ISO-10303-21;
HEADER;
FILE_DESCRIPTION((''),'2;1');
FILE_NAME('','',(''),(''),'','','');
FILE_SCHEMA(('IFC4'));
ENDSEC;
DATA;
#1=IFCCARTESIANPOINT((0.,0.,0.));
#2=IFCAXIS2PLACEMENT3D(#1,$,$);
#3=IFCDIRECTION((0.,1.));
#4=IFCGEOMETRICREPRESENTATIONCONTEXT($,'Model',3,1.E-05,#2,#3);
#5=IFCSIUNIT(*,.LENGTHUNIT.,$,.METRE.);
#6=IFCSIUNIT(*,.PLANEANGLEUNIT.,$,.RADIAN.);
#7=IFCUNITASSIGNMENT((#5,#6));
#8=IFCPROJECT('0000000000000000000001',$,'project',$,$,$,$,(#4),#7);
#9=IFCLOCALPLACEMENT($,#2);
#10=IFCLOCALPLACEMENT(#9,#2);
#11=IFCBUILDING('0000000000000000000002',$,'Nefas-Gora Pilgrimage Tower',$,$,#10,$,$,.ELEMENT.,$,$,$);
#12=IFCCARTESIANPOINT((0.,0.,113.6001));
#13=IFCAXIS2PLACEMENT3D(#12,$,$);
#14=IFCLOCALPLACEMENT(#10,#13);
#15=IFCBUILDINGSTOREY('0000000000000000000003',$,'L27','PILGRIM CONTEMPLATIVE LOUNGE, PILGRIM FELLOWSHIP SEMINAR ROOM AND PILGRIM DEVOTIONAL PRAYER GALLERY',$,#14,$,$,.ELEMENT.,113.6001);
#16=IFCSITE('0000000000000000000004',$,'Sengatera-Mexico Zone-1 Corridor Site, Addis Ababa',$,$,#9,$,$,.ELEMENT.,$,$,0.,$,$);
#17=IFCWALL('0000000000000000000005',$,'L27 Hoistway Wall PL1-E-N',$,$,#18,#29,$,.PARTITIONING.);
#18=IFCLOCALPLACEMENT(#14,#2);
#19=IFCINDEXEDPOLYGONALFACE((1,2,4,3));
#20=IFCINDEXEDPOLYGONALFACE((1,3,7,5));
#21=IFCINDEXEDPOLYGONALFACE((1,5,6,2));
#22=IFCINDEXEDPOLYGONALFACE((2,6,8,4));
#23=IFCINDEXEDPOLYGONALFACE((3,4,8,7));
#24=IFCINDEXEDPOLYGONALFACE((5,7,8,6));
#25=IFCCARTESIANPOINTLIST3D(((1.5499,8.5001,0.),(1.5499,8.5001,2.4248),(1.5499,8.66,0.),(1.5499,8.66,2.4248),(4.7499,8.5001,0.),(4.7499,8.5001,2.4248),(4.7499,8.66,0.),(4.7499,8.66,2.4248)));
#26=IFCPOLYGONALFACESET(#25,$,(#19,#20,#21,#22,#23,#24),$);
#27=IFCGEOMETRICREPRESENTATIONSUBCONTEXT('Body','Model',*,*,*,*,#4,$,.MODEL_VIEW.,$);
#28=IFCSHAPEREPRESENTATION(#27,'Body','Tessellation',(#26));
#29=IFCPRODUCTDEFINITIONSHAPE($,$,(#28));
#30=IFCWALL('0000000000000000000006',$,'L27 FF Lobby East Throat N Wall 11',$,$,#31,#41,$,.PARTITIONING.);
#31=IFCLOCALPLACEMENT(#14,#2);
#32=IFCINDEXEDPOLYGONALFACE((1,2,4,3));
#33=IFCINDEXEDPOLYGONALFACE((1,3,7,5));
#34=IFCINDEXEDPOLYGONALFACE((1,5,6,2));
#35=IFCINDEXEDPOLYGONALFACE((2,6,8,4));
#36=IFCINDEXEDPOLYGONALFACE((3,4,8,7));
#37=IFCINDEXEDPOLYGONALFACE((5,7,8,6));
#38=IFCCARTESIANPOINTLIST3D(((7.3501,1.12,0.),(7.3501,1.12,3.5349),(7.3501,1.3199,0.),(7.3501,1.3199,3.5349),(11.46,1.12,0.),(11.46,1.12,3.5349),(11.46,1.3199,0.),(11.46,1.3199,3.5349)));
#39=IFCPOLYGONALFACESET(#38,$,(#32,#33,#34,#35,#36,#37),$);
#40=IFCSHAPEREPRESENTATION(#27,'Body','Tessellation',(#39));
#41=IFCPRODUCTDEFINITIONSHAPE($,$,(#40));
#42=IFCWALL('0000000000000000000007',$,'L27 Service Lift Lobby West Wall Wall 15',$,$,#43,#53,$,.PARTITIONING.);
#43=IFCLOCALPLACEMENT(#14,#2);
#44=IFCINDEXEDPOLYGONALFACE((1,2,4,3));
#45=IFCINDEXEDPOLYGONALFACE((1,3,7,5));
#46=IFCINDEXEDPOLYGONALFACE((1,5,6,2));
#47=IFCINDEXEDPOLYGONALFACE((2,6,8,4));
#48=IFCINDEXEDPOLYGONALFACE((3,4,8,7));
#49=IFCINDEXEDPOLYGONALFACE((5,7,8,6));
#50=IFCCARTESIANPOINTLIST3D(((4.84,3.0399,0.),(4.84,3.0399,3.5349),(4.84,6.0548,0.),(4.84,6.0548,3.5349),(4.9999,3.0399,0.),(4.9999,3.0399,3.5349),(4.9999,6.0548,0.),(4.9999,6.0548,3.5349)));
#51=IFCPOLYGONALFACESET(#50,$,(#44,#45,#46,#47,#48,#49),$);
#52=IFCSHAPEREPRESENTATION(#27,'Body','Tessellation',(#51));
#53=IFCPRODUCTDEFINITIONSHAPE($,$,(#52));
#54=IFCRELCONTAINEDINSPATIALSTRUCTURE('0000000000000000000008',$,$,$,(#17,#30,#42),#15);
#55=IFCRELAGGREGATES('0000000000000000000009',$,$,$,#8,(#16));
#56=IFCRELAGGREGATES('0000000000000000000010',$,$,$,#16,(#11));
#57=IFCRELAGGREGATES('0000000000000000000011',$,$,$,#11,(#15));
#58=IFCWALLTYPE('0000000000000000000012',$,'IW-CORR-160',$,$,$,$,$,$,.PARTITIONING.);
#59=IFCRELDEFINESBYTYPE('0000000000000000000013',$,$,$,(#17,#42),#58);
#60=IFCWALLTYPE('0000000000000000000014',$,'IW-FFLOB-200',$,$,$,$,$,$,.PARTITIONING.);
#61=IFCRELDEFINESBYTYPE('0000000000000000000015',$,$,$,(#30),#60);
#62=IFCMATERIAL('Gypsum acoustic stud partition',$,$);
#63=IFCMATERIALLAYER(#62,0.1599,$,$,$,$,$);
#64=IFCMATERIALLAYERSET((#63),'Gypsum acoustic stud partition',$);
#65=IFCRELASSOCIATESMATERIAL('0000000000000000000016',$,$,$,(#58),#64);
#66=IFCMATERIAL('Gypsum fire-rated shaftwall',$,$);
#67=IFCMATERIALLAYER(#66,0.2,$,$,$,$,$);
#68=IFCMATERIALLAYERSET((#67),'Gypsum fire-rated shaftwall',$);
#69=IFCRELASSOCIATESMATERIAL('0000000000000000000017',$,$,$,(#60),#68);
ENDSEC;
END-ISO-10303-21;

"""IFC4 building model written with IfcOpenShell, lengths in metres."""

from ifc_helpers import new_model, si_unit, direction, frame, frame_2d, origin, place, context, subcontext, project, spatial, rectangle, extrude, source, transform, mapped, material, layer, layer_set, type_object, element, save


model = new_model("IFC4")

# Units and contexts
model_context = context("Model", 3, precision=1e-05, world=origin(), true_north=direction((0.0, 1.0)))
body_context = subcontext(model_context, "Body", "Model", "MODEL_VIEW")
ifc_project = project(units=[si_unit("LENGTHUNIT", "METRE"), si_unit("PLANEANGLEUNIT", "RADIAN")], contexts=[model_context])

# Site, building, storey
site_placement = place(None, origin())
site = spatial("IfcSite", under=ifc_project, at=site_placement, Name="Sengatera-Mexico Zone-1 Corridor Site, Addis Ababa", CompositionType="ELEMENT", RefElevation=0.0)
building_placement = place(site_placement, origin())
building = spatial("IfcBuilding", under=site, at=building_placement, Name="Nefas-Gora Pilgrimage Tower", CompositionType="ELEMENT")
storey_placement = place(building_placement, frame((0.0, 0.0, 113.6001)))
storey = spatial("IfcBuildingStorey", under=building, at=storey_placement, Name="L27", Description="PILGRIM CONTEMPLATIVE LOUNGE, PILGRIM FELLOWSHIP SEMINAR ROOM AND PILGRIM DEVOTIONAL PRAYER GALLERY", CompositionType="ELEMENT", Elevation=113.6001)

# Wall
ifc_material_1 = material(Name="Gypsum acoustic stud partition")
ifc_layer_1 = layer(ifc_material_1, 0.1599)
ifc_layer_set_1 = layer_set([ifc_layer_1], Name="Gypsum acoustic stud partition")
wall_type_1 = type_object("IfcWallType", Name="IW-CORR-160", PredefinedType="PARTITIONING", material=ifc_layer_set_1)
shared_shape_1 = source(origin(), body_context, "Body", "SweptSolid", [
    extrude(rectangle(XDim=3.2, YDim=0.1599, at=frame_2d((1.6001, 0.0))), origin(), (0.0, 0.0, 1.0), 2.4248),
])
wall_1_placement = place(storey_placement, frame((4.75, 8.5801, 0.0), z_axis=(0.0, 0.0, 1.0), x_axis=(-1.0, 0.0, 0.0)))
element("IfcWall", 1, at=wall_1_placement, inside=storey, type_object=wall_type_1, Name="L27 Hoistway Wall PL1-E-N", PredefinedType="PARTITIONING", context=body_context, shape_type="MappedRepresentation", body=[
    mapped(shared_shape_1, transform((0.0, 0.0, 0.0), x_axis=(1.0, 0.0, 0.0), y_axis=(0.0, 1.0, 0.0), z_axis=(0.0, 0.0, 1.0), scale=1.0)),
])

# Shared definitions
ifc_material_2 = material(Name="Gypsum fire-rated shaftwall")
ifc_layer_2 = layer(ifc_material_2, 0.2)
ifc_layer_set_2 = layer_set([ifc_layer_2], Name="Gypsum fire-rated shaftwall")
wall_type_2 = type_object("IfcWallType", Name="IW-FFLOB-200", PredefinedType="PARTITIONING", material=ifc_layer_set_2)

# Walls
shared_shape_2 = source(origin(), body_context, "Body", "SweptSolid", [
    extrude(rectangle(XDim=4.1099, YDim=0.2, at=frame_2d((2.0549, 0.0))), origin(), (0.0, 0.0, 1.0), 3.5349),
])
wall_2_placement = place(storey_placement, frame((7.3501, 1.22, 0.0), z_axis=(0.0, 0.0, 1.0), x_axis=(1.0, 0.0, 0.0)))
element("IfcWall", 2, at=wall_2_placement, inside=storey, type_object=wall_type_2, Name="L27 FF Lobby East Throat N Wall 11", PredefinedType="PARTITIONING", context=body_context, shape_type="MappedRepresentation", body=[
    mapped(shared_shape_2, transform((0.0, 0.0, 0.0), x_axis=(1.0, 0.0, 0.0), y_axis=(0.0, 1.0, 0.0), z_axis=(0.0, 0.0, 1.0), scale=1.0)),
])
shared_shape_3 = source(origin(), body_context, "Body", "SweptSolid", [
    extrude(rectangle(XDim=3.0149, YDim=0.1599, at=frame_2d((1.5073, 0.0))), origin(), (0.0, 0.0, 1.0), 3.5349),
])
wall_3_placement = place(storey_placement, frame((4.9199, 3.04, 0.0), z_axis=(0.0, 0.0, 1.0), x_axis=(0.0, 1.0, 0.0)))
element("IfcWall", 3, at=wall_3_placement, inside=storey, type_object=wall_type_1, Name="L27 Service Lift Lobby West Wall Wall 15", PredefinedType="PARTITIONING", context=body_context, shape_type="MappedRepresentation", body=[
    mapped(shared_shape_3, transform((0.0, 0.0, 0.0), x_axis=(1.0, 0.0, 0.0), y_axis=(0.0, 1.0, 0.0), z_axis=(0.0, 0.0, 1.0), scale=1.0)),
])

save(model, "model.ifc")
